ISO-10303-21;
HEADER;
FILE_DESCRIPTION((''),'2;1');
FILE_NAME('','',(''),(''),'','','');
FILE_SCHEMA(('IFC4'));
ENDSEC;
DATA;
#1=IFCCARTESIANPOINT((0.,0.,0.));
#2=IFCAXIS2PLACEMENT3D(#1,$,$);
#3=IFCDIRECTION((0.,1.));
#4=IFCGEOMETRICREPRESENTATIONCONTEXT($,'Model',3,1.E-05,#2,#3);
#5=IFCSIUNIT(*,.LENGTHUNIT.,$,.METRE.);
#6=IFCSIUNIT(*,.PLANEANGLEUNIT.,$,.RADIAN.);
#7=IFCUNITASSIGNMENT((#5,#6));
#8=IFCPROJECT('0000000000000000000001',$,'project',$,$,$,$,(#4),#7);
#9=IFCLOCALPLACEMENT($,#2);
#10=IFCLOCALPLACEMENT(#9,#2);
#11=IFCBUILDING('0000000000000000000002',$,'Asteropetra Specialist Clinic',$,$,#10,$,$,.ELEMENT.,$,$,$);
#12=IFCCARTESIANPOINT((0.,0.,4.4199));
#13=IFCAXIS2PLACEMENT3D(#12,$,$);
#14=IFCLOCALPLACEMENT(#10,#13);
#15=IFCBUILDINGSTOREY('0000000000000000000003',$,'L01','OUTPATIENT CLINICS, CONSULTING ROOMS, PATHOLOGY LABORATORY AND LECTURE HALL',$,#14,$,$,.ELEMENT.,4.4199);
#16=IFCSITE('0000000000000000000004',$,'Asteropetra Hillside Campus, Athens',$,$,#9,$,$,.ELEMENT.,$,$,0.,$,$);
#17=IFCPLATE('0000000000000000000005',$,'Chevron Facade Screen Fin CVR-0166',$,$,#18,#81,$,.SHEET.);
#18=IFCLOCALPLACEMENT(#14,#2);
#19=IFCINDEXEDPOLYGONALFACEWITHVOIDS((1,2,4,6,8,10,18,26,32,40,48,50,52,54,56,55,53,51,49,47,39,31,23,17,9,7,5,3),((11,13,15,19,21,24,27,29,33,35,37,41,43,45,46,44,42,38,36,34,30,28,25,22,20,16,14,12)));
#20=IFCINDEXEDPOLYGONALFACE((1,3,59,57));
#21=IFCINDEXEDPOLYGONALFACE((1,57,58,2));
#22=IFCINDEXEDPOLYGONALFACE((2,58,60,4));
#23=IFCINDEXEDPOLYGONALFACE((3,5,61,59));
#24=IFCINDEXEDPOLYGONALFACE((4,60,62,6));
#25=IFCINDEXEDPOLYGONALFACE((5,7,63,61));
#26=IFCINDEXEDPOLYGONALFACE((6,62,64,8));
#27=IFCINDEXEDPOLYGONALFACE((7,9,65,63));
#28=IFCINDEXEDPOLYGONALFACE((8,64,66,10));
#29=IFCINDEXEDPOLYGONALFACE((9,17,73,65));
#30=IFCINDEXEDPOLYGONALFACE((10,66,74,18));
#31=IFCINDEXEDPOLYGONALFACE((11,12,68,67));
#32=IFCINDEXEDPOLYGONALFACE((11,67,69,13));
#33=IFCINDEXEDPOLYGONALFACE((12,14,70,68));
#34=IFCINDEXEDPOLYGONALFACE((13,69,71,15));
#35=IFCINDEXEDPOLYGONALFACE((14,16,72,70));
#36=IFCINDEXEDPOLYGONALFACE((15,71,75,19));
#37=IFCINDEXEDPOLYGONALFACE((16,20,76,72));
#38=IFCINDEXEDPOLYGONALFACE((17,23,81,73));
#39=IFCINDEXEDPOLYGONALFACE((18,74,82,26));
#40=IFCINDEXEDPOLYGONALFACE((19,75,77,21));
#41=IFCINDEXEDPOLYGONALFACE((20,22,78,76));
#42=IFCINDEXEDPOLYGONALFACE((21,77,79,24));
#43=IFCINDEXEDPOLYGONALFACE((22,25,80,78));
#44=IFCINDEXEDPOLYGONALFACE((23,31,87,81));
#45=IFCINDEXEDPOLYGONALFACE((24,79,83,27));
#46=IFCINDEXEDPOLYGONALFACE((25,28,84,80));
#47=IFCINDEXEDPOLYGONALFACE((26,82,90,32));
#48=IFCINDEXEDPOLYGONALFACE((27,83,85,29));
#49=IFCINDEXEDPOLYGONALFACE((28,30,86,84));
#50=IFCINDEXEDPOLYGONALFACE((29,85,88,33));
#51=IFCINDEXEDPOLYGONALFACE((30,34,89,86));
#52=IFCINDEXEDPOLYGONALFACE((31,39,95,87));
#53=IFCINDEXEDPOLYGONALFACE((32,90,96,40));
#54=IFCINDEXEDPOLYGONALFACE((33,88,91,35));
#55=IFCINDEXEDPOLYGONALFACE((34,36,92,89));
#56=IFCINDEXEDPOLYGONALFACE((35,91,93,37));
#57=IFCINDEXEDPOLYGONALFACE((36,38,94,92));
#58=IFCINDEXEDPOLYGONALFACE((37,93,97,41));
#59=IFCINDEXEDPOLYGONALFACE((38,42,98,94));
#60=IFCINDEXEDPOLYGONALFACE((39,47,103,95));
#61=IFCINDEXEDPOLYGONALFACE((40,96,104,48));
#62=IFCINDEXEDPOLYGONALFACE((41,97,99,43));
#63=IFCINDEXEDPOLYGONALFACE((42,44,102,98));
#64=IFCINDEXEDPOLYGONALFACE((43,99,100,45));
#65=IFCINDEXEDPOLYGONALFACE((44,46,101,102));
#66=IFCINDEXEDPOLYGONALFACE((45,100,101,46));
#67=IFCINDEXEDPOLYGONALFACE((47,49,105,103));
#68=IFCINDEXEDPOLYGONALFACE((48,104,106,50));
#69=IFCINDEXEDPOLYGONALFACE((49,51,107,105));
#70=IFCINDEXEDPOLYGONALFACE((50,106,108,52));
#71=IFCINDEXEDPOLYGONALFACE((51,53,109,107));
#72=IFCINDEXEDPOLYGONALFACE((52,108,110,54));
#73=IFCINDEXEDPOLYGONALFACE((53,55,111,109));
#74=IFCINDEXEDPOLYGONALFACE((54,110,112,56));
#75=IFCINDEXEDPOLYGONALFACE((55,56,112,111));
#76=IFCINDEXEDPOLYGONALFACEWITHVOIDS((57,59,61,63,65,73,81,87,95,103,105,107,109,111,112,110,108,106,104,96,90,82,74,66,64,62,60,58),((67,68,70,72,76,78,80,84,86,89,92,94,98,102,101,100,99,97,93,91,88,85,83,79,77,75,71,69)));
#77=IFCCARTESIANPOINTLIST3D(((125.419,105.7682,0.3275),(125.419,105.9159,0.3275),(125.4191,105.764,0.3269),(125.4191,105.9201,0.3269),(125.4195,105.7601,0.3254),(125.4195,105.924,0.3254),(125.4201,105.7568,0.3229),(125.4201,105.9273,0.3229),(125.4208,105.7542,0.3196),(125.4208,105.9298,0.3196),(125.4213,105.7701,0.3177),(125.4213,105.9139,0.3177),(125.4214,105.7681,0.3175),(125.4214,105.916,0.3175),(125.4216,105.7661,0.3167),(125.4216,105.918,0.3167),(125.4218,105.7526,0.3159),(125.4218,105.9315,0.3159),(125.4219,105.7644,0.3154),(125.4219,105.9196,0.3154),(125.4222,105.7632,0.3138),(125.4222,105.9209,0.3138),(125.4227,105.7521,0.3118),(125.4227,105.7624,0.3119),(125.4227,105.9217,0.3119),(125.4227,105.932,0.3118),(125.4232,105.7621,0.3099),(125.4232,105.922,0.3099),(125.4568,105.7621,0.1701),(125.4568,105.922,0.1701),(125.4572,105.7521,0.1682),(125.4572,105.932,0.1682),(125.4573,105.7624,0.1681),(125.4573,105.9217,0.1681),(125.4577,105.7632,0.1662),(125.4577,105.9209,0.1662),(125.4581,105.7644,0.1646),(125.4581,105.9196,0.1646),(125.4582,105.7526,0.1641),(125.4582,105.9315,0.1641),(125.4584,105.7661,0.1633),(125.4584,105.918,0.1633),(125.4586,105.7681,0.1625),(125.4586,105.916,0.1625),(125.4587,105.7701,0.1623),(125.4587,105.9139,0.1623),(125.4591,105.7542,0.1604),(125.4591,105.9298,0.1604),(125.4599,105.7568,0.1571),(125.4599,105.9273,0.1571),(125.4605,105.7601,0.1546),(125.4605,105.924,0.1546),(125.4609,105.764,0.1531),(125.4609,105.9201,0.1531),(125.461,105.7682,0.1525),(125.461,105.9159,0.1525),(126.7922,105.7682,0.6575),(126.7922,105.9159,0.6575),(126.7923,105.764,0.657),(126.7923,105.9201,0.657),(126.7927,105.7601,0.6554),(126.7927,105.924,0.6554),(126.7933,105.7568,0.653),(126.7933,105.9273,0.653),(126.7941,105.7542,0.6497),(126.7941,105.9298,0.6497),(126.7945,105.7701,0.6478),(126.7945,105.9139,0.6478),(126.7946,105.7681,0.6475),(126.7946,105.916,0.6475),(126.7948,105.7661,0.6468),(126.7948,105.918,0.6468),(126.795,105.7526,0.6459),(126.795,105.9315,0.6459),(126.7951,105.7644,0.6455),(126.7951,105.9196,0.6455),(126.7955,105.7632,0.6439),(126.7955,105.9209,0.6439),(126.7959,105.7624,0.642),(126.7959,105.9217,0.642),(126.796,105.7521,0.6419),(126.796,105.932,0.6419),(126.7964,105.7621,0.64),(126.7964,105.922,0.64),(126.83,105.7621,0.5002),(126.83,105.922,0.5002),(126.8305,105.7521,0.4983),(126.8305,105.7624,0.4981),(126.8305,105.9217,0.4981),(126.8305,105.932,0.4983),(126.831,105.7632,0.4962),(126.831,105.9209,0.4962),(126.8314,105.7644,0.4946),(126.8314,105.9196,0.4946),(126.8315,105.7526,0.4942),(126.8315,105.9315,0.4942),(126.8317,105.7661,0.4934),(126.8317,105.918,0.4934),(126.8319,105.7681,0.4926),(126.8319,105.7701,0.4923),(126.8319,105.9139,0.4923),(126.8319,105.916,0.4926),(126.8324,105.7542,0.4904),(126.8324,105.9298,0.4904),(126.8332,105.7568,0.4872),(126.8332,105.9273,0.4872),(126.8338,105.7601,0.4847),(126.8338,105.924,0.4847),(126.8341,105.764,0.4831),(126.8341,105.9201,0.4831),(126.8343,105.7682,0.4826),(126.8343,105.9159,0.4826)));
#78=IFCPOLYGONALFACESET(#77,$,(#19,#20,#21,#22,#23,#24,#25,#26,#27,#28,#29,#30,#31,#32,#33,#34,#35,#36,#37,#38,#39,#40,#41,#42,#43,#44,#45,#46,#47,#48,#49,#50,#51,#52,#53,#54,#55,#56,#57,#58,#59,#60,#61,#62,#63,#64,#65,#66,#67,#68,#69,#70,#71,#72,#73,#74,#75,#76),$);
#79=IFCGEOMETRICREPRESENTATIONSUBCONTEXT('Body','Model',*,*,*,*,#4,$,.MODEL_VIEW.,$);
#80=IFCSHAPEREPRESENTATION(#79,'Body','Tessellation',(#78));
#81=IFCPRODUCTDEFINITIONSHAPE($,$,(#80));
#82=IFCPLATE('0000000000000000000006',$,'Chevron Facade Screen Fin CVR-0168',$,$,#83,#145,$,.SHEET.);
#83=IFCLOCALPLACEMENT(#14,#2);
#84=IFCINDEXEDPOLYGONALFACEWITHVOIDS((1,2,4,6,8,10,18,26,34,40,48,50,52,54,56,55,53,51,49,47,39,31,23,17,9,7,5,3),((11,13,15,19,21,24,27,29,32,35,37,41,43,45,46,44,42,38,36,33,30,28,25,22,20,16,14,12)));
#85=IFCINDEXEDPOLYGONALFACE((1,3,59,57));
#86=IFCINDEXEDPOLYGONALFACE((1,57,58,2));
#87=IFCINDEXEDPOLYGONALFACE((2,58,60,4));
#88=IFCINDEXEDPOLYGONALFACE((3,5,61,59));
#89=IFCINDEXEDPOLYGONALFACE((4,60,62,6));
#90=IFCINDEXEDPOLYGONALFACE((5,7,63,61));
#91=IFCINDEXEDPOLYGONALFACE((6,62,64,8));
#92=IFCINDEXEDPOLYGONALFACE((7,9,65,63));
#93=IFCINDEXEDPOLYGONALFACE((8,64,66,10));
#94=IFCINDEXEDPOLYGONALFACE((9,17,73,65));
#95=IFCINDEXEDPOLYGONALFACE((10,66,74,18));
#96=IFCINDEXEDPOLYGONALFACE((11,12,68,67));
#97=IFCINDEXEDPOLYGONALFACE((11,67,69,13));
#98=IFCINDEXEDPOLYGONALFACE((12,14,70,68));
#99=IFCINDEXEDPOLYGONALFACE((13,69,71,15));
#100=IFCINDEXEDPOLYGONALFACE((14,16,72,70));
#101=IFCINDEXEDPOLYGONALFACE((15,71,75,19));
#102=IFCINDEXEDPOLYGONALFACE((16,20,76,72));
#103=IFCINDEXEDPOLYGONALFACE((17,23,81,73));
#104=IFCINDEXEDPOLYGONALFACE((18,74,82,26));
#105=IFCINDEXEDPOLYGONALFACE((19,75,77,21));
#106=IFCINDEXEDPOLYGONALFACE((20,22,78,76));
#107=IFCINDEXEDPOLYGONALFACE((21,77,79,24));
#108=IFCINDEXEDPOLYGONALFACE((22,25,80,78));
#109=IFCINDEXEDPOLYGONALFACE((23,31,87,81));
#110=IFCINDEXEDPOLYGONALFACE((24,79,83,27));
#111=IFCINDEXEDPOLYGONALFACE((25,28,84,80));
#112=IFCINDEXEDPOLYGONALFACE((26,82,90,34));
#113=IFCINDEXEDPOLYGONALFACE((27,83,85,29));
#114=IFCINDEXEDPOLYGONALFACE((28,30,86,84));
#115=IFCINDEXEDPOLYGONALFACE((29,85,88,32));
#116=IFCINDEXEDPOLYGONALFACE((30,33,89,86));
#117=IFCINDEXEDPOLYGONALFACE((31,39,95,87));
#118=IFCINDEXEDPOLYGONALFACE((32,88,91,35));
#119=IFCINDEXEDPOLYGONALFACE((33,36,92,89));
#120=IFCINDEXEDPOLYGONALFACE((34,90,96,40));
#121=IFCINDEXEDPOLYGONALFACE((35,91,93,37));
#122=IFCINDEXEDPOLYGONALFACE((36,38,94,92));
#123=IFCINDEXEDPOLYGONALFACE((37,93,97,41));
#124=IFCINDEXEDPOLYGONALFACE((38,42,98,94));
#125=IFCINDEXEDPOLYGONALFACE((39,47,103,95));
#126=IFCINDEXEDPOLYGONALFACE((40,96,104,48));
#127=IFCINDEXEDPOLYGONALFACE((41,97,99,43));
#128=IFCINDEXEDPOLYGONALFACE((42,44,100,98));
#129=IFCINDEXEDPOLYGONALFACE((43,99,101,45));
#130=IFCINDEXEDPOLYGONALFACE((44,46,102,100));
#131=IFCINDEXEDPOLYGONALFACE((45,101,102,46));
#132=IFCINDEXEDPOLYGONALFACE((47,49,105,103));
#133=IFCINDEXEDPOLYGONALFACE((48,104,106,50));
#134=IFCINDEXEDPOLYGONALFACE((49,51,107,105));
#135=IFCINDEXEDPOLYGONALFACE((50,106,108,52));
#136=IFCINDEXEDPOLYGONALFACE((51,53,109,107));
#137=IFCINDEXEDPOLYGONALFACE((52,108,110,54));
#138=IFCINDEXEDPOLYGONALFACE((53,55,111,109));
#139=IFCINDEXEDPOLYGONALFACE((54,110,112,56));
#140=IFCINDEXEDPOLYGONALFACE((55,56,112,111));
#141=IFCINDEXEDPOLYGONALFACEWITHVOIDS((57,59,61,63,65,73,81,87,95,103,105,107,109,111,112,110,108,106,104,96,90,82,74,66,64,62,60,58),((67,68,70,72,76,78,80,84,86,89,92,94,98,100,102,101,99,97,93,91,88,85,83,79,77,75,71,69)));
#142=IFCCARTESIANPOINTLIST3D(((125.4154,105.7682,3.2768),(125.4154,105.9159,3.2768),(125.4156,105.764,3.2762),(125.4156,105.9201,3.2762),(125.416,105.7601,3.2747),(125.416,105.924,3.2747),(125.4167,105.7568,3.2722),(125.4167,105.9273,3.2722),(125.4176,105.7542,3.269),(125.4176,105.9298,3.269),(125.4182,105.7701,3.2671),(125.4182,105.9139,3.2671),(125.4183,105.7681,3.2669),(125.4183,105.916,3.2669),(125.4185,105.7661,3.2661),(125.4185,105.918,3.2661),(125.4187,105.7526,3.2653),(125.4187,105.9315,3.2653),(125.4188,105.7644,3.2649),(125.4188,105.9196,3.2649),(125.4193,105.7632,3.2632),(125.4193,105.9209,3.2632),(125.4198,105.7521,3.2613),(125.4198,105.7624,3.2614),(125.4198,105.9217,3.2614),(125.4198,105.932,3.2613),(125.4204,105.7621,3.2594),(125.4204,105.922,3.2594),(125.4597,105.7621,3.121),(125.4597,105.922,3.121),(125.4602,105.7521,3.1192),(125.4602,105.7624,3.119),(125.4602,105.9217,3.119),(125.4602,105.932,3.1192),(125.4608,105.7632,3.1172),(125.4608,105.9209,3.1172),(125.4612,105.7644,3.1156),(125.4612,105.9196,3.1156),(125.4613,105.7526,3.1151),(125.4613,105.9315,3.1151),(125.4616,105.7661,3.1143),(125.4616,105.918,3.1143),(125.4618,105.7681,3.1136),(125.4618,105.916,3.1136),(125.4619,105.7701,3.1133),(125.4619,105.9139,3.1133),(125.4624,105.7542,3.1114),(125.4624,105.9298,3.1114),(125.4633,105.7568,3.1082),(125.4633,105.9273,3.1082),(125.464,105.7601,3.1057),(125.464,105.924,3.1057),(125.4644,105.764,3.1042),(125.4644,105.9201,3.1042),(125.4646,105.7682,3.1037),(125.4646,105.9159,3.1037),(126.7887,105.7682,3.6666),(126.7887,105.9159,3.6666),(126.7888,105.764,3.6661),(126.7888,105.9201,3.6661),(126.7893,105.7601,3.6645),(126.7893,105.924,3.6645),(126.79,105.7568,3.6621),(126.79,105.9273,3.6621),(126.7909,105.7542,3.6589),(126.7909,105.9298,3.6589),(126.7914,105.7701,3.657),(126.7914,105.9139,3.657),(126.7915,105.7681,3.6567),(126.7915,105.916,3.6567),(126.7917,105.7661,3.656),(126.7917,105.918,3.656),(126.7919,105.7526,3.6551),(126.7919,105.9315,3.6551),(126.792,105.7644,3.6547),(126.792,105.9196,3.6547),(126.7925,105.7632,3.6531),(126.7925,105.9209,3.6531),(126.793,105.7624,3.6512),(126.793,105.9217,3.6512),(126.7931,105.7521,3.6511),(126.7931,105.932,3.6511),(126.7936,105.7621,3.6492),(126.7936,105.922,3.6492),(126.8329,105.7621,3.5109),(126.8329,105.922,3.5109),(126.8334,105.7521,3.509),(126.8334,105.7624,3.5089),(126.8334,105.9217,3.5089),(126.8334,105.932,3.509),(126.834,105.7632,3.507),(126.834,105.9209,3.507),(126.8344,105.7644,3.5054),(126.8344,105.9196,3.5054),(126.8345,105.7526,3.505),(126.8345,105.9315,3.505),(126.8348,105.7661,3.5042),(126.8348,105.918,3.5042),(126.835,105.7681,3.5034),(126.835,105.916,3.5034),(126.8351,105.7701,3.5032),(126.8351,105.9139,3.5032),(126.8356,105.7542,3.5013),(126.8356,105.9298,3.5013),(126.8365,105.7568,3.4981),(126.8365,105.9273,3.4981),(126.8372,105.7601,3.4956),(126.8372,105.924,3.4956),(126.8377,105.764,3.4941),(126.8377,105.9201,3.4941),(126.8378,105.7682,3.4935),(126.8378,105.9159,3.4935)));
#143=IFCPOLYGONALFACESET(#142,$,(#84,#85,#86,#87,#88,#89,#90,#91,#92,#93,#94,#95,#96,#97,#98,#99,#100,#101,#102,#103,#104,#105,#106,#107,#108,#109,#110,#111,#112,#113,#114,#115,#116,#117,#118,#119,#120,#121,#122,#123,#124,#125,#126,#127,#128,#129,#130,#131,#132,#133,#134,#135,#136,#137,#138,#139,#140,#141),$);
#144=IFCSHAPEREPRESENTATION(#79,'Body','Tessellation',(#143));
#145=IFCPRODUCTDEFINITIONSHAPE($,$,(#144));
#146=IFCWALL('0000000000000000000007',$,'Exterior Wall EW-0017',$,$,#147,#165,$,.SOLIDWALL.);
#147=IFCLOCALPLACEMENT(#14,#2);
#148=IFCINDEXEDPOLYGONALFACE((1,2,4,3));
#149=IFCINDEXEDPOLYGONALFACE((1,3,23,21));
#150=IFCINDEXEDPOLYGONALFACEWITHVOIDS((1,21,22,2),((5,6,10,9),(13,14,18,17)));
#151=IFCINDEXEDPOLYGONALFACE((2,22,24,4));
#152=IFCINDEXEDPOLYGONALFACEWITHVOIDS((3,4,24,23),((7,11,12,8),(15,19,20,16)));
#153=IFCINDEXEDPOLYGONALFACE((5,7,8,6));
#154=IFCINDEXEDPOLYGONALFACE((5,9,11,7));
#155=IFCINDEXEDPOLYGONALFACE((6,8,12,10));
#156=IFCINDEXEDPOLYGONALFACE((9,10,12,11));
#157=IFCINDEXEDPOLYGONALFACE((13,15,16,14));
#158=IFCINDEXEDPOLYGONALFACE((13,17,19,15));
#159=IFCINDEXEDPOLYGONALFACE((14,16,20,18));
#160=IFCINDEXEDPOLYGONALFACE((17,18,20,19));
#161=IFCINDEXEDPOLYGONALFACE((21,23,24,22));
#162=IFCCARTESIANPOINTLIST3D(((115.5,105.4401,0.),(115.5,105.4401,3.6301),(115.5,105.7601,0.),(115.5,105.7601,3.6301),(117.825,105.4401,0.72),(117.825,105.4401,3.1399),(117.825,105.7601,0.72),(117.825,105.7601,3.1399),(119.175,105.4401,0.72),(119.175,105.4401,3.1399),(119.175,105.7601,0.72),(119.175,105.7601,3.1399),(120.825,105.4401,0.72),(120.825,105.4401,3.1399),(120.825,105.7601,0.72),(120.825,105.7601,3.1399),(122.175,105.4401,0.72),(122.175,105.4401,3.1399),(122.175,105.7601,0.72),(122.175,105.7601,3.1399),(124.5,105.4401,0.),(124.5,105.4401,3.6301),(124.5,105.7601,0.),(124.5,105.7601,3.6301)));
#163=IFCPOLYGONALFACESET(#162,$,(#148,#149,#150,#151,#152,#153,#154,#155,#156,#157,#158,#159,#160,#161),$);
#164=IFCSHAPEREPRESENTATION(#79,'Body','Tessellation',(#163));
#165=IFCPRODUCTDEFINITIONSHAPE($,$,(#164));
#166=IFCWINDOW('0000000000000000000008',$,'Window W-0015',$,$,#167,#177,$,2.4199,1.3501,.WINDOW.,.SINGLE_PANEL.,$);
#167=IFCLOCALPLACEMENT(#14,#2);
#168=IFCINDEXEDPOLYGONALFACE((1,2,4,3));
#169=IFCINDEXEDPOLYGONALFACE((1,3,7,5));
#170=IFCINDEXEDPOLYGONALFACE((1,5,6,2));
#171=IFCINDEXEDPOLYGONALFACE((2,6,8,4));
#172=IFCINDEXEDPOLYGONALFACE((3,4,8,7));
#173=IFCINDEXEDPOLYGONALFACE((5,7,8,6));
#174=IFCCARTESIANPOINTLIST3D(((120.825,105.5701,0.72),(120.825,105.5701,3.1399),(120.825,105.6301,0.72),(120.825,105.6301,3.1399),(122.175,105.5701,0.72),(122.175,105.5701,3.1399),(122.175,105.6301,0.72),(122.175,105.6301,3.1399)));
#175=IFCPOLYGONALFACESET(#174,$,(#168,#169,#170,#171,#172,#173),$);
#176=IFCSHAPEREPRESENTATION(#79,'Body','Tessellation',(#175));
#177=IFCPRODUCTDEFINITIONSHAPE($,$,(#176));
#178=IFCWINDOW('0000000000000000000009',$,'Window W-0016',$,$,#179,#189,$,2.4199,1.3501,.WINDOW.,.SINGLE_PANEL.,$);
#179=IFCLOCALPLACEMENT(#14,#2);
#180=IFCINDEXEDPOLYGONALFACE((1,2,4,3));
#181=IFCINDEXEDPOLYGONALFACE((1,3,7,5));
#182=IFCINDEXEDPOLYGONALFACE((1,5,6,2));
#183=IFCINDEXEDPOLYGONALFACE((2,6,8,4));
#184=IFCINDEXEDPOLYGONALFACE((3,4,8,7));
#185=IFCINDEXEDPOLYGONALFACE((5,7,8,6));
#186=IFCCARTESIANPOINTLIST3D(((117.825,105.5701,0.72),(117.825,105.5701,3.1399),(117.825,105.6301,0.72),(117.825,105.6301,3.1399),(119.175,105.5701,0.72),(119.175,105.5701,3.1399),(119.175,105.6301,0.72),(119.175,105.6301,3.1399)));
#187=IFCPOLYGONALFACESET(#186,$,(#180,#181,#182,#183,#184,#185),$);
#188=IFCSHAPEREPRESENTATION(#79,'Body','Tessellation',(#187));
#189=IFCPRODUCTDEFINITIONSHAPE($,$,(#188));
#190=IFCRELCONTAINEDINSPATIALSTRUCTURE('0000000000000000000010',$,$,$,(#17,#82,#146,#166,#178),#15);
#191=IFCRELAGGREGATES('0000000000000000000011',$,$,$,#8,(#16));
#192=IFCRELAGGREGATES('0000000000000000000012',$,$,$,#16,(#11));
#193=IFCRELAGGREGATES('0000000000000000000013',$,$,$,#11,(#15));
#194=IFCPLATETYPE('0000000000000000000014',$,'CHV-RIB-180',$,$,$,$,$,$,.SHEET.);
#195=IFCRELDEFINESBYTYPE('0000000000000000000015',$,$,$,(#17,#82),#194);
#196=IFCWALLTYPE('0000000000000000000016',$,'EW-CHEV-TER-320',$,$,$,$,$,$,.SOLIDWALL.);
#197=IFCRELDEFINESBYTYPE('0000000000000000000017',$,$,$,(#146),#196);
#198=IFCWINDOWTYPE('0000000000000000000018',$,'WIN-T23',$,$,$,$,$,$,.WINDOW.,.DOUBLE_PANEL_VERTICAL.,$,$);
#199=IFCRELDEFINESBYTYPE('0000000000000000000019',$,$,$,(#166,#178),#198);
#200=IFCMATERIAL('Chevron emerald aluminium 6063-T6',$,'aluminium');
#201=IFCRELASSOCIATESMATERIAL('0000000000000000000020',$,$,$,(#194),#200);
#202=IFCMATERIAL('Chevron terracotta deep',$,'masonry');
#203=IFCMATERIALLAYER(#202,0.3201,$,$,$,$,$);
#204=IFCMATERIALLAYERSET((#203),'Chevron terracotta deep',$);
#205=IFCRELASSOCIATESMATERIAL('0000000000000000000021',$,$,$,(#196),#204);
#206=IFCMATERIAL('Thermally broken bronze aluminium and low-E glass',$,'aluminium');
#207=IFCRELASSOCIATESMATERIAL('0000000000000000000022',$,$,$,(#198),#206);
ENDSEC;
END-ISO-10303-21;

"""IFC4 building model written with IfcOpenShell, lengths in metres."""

from ifc_helpers import new_model, si_unit, direction, frame, frame_2d, origin, origin_2d, place, context, subcontext, project, spatial, rectangle, hollow_rectangle, extrude, material, layer, layer_set, material_profile, profile_set, type_object, element, fill, save


model = new_model("IFC4")

# Units and contexts
model_context = context("Model", 3, precision=1e-05, world=origin(), true_north=direction((0.0, 1.0)))
body_context = subcontext(model_context, "Body", "Model", "MODEL_VIEW")
ifc_project = project(units=[si_unit("LENGTHUNIT", "METRE"), si_unit("PLANEANGLEUNIT", "RADIAN")], contexts=[model_context])

# Site, building, storey
site_placement = place(None, origin())
site = spatial("IfcSite", under=ifc_project, at=site_placement, Name="Asteropetra Hillside Campus, Athens", CompositionType="ELEMENT", RefElevation=0.0)
building_placement = place(site_placement, origin())
building = spatial("IfcBuilding", under=site, at=building_placement, Name="Asteropetra Specialist Clinic", CompositionType="ELEMENT")
storey_placement = place(building_placement, frame((0.0, 0.0, 4.4199)))
storey = spatial("IfcBuildingStorey", under=building, at=storey_placement, Name="L01", Description="OUTPATIENT CLINICS, CONSULTING ROOMS, PATHOLOGY LABORATORY AND LECTURE HALL", CompositionType="ELEMENT", Elevation=4.4199)

# Plates
ifc_material_1 = material(Name="Chevron emerald aluminium 6063-T6", Category="aluminium")
ifc_material_profile_1 = material_profile(ifc_material_1, hollow_rectangle(XDim=0.1799, YDim=0.1799, WallThickness=0.01, InnerFilletRadius=0.0081, OuterFilletRadius=0.0161, at=origin_2d()), Name="SHS 180x180x10.0")
ifc_profile_set_1 = profile_set([ifc_material_profile_1], Name="Chevron emerald aluminium 6063-T6")
plate_type = type_object("IfcPlateType", Name="CHV-RIB-180", PredefinedType="SHEET", material=ifc_profile_set_1)
plate_1_placement = place(storey_placement, frame((126.8132, 105.842, 0.5701), z_axis=(-0.972309, 0.0, -0.2337), x_axis=(0.0, -1.0, 0.0)))
element("IfcPlate", 1, at=plate_1_placement, inside=storey, type_object=plate_type, Name="Chevron Facade Screen Fin CVR-0166", PredefinedType="SHEET", context=body_context, shape_type="SweptSolid", body=[
    extrude(hollow_rectangle(XDim=0.1799, YDim=0.1799, WallThickness=0.01, InnerFilletRadius=0.0081, OuterFilletRadius=0.0161, at=origin_2d()), origin(), (0.0, 0.0, 1.0), 1.4124),
])
plate_2_placement = place(storey_placement, frame((126.8132, 105.842, 3.5801), z_axis=(-0.961981, 0.0, -0.273117), x_axis=(0.0, -1.0, 0.0)))
element("IfcPlate", 2, at=plate_2_placement, inside=storey, type_object=plate_type, Name="Chevron Facade Screen Fin CVR-0168", PredefinedType="SHEET", context=body_context, shape_type="SweptSolid", body=[
    extrude(hollow_rectangle(XDim=0.1799, YDim=0.1799, WallThickness=0.01, InnerFilletRadius=0.0081, OuterFilletRadius=0.0161, at=origin_2d()), origin(), (0.0, 0.0, 1.0), 1.4275),
])

# Wall, openings, windows
ifc_material_2 = material(Name="Chevron terracotta deep", Category="masonry")
ifc_layer_1 = layer(ifc_material_2, 0.3201)
ifc_layer_set_1 = layer_set([ifc_layer_1], Name="Chevron terracotta deep")
wall_type = type_object("IfcWallType", Name="EW-CHEV-TER-320", PredefinedType="SOLIDWALL", material=ifc_layer_set_1)
wall_placement = place(storey_placement, frame((124.5, 105.6001, 0.0), z_axis=(0.0, 0.0, 1.0), x_axis=(-1.0, 0.0, 0.0)))
wall = element("IfcWall", 3, at=wall_placement, inside=storey, type_object=wall_type, Name="Exterior Wall EW-0017", PredefinedType="SOLIDWALL", context=body_context, shape_type="SweptSolid", body=[
    extrude(rectangle(XDim=9.0, YDim=0.3201, at=frame_2d((4.5, 0.0))), origin(), (0.0, 0.0, 1.0), 3.6301),
])
opening_1_placement = place(wall_placement, frame((2.325, 0.0, 0.72)))
opening_1 = element("IfcOpeningElement", 4, at=opening_1_placement, cuts=wall, PredefinedType="OPENING", context=body_context, shape_type="SweptSolid", body=[
    extrude(rectangle(XDim=1.3501, YDim=2.4199, at=frame_2d((0.675, 1.21))), frame((0.0, 0.1699, 0.0), z_axis=(0.0, -1.0, 0.0), x_axis=(1.0, 0.0, 0.0)), (0.0, 0.0, 1.0), 0.3401),
])
opening_2_placement = place(wall_placement, frame((5.325, 0.0, 0.72)))
opening_2 = element("IfcOpeningElement", 5, at=opening_2_placement, cuts=wall, PredefinedType="OPENING", context=body_context, shape_type="SweptSolid", body=[
    extrude(rectangle(XDim=1.3501, YDim=2.4199, at=frame_2d((0.675, 1.21))), frame((0.0, 0.1699, 0.0), z_axis=(0.0, -1.0, 0.0), x_axis=(1.0, 0.0, 0.0)), (0.0, 0.0, 1.0), 0.3401),
])
ifc_material_3 = material(Name="Thermally broken bronze aluminium and low-E glass", Category="aluminium")
window_type = type_object("IfcWindowType", Name="WIN-T23", PartitioningType="DOUBLE_PANEL_VERTICAL", PredefinedType="WINDOW", material=ifc_material_3)
window_1_placement = place(opening_1_placement, origin())
window_1 = element("IfcWindow", 6, at=window_1_placement, inside=storey, type_object=window_type, Name="Window W-0015", OverallHeight=2.4199, OverallWidth=1.3501, PartitioningType="SINGLE_PANEL", PredefinedType="WINDOW", context=body_context, shape_type="SweptSolid", body=[
    extrude(rectangle(XDim=1.3501, YDim=2.4199, at=frame_2d((0.675, 1.21))), frame((0.0, 0.03, 0.0), z_axis=(0.0, -1.0, 0.0), x_axis=(1.0, 0.0, 0.0)), (0.0, 0.0, 1.0), 0.0601),
])
fill(opening_1, window_1)
window_2_placement = place(opening_2_placement, origin())
window_2 = element("IfcWindow", 7, at=window_2_placement, inside=storey, type_object=window_type, Name="Window W-0016", OverallHeight=2.4199, OverallWidth=1.3501, PartitioningType="SINGLE_PANEL", PredefinedType="WINDOW", context=body_context, shape_type="SweptSolid", body=[
    extrude(rectangle(XDim=1.3501, YDim=2.4199, at=frame_2d((0.675, 1.21))), frame((0.0, 0.03, 0.0), z_axis=(0.0, -1.0, 0.0), x_axis=(1.0, 0.0, 0.0)), (0.0, 0.0, 1.0), 0.0601),
])
fill(opening_2, window_2)

save(model, "model.ifc")
